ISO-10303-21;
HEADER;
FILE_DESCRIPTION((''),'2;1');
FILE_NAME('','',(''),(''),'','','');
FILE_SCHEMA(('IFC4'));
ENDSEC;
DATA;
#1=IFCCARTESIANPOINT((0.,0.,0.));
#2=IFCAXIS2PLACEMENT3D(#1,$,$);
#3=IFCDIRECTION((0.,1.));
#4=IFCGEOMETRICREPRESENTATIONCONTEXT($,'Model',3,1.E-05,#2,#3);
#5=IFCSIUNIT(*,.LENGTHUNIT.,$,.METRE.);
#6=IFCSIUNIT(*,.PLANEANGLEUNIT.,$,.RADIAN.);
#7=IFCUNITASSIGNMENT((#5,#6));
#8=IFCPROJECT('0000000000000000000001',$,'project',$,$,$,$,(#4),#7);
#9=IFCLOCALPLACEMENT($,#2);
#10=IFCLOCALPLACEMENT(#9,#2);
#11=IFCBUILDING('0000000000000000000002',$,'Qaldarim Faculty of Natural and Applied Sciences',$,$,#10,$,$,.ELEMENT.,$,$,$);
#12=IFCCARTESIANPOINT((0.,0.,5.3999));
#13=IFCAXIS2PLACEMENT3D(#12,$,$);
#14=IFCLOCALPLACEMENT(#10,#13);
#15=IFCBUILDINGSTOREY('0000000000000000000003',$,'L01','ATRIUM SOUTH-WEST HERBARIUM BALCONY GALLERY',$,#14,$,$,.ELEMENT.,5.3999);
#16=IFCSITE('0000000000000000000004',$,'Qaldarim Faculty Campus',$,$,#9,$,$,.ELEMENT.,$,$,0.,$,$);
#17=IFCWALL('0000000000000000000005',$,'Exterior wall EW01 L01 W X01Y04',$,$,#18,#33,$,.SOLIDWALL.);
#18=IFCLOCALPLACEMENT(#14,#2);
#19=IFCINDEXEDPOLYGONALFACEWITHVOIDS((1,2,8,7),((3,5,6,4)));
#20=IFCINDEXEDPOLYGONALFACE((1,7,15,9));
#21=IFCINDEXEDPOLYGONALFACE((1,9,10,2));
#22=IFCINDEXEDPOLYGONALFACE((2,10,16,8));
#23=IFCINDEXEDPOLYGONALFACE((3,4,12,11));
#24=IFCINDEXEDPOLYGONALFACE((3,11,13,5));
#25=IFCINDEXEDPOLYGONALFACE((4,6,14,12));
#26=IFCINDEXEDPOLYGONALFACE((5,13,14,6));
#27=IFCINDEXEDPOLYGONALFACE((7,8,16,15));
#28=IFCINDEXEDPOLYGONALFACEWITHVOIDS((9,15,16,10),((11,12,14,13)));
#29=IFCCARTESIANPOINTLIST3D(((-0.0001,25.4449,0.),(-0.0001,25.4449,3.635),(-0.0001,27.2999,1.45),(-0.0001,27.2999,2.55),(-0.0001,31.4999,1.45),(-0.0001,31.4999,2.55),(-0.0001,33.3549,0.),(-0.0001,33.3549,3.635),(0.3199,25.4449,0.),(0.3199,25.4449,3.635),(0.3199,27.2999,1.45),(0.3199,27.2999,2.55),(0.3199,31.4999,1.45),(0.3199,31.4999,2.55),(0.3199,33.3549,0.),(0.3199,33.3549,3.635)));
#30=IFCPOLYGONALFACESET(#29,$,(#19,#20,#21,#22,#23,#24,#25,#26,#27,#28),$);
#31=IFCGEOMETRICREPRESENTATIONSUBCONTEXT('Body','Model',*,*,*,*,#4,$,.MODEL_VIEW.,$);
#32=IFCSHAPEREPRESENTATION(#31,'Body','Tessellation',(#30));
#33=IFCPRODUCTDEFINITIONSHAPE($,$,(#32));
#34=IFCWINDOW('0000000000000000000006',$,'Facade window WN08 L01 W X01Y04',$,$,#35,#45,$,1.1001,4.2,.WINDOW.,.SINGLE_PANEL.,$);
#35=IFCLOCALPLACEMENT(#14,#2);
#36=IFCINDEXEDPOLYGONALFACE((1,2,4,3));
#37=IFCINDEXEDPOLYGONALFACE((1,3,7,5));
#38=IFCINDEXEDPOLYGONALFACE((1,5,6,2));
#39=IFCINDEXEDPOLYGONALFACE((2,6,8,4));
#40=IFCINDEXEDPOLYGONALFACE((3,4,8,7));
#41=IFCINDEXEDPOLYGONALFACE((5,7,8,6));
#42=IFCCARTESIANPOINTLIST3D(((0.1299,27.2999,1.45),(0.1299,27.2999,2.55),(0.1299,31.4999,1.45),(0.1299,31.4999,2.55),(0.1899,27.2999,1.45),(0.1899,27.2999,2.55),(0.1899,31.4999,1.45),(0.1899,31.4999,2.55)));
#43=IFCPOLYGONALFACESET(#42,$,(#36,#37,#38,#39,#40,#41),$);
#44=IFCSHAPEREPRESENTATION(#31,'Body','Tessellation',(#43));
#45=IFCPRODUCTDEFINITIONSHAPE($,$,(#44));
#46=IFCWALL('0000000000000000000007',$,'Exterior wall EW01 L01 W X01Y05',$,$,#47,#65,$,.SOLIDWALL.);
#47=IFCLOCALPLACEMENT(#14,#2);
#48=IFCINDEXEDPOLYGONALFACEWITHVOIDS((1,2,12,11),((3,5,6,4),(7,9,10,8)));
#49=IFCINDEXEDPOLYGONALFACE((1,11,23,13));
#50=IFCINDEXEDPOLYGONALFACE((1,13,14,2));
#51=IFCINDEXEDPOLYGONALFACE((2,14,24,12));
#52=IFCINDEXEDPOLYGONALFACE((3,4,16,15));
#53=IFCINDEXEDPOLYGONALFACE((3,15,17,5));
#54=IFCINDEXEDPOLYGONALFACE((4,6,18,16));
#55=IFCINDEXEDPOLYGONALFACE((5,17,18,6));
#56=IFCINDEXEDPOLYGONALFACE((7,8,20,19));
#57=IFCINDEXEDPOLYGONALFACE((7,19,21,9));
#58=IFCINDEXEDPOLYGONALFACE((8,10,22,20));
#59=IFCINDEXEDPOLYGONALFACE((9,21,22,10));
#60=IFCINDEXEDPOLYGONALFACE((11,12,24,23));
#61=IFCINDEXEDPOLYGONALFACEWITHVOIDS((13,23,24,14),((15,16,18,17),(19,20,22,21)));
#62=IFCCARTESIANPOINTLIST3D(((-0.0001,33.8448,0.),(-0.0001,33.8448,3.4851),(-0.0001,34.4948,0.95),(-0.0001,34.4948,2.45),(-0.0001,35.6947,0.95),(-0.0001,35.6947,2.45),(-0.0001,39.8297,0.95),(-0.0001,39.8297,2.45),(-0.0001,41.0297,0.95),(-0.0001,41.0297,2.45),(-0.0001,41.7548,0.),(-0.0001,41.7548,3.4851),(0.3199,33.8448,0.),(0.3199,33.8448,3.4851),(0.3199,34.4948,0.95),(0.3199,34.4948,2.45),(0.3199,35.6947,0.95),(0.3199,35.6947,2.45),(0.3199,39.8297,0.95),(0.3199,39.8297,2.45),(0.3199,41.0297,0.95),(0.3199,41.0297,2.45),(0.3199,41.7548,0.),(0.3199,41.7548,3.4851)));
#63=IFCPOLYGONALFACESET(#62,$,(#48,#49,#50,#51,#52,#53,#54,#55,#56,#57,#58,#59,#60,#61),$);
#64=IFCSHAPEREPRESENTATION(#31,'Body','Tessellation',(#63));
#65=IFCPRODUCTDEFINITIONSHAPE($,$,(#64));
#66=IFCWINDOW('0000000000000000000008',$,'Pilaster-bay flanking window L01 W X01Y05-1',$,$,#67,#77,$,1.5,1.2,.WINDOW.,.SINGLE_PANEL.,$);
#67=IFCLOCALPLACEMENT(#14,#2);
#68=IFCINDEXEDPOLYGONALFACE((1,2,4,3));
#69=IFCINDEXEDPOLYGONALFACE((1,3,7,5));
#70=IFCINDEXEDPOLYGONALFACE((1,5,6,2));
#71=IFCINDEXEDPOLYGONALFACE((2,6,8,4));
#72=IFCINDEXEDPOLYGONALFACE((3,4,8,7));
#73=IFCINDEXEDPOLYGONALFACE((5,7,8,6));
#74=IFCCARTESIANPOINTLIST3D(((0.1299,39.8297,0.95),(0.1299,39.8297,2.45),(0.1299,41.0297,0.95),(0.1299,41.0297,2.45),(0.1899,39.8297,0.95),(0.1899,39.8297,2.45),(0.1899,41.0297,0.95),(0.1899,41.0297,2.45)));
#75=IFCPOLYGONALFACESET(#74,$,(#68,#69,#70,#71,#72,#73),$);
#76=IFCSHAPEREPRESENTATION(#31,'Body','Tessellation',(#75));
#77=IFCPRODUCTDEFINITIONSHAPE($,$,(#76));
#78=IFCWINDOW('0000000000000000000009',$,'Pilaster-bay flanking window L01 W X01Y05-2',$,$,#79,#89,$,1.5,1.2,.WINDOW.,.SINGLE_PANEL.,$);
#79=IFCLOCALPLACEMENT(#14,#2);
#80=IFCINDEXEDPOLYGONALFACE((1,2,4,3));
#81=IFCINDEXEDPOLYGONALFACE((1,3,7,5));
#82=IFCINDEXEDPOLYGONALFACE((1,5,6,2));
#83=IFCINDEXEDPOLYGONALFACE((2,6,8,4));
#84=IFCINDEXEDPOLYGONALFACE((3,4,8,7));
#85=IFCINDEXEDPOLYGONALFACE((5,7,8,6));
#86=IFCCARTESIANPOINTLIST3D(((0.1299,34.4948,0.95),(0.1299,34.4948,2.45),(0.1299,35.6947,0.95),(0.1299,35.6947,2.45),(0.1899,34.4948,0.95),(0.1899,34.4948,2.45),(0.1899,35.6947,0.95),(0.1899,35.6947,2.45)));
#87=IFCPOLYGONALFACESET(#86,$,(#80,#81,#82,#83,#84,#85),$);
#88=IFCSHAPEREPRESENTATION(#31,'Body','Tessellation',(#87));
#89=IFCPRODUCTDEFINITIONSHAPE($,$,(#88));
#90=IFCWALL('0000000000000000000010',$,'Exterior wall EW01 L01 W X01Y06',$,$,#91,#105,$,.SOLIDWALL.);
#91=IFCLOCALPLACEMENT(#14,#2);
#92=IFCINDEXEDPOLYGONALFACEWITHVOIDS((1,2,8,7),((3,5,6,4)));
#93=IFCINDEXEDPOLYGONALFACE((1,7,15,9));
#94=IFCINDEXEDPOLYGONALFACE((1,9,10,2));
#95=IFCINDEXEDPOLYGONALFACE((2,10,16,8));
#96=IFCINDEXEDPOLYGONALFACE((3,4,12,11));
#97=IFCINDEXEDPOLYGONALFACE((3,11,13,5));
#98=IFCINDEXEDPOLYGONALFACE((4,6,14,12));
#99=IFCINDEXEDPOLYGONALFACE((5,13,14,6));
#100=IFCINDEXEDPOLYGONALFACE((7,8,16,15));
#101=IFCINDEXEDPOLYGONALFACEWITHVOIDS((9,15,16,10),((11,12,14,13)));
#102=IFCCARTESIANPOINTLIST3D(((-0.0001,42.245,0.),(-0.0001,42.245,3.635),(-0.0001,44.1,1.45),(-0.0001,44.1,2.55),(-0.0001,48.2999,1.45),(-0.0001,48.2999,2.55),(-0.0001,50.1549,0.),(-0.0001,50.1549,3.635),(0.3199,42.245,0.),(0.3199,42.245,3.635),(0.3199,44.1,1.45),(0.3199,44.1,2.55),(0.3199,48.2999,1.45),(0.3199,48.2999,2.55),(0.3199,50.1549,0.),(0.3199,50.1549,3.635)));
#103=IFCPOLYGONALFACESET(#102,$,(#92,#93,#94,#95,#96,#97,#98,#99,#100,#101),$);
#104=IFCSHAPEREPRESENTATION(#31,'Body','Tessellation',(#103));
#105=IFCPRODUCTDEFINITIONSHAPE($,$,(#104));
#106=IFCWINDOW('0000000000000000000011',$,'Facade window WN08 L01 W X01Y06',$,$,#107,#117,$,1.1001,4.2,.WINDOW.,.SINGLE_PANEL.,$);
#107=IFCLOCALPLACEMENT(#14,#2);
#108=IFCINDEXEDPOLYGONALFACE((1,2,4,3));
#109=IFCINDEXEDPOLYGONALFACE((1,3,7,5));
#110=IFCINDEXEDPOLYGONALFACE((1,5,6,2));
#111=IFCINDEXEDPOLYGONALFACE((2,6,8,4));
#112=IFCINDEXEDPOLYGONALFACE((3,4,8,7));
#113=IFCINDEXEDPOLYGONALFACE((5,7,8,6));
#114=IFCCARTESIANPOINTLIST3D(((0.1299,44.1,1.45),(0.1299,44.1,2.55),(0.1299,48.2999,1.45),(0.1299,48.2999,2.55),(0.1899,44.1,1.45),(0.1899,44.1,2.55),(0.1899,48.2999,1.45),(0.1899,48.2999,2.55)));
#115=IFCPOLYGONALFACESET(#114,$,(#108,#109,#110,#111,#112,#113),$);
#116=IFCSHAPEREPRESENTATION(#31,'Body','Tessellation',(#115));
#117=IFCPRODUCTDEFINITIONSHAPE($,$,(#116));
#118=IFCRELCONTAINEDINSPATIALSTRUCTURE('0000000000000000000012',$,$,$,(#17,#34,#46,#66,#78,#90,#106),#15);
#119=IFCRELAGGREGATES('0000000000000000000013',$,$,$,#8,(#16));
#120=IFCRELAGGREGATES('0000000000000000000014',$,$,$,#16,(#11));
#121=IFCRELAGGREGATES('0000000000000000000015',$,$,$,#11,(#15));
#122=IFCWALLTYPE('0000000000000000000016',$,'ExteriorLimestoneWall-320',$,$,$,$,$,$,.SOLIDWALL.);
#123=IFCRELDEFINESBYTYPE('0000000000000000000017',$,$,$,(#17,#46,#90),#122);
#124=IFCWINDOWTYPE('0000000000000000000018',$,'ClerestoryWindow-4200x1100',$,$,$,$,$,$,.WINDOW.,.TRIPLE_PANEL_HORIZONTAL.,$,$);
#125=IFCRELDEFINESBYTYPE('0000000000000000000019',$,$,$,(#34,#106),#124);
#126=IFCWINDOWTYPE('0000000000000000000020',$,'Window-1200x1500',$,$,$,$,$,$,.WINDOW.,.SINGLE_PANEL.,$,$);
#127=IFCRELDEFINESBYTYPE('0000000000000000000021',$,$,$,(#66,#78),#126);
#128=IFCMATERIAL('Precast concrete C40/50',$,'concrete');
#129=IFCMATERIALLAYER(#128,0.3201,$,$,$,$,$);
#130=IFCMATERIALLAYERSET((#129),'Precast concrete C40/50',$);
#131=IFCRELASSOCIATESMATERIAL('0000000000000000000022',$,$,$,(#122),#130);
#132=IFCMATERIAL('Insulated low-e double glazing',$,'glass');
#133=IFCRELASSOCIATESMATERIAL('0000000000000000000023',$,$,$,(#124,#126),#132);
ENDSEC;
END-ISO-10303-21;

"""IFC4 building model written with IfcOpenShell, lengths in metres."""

from ifc_helpers import new_model, si_unit, direction, frame, frame_2d, origin, place, context, subcontext, project, spatial, rectangle, extrude, material, layer, layer_set, type_object, element, fill, save


model = new_model("IFC4")

# Units and contexts
model_context = context("Model", 3, precision=1e-05, world=origin(), true_north=direction((0.0, 1.0)))
body_context = subcontext(model_context, "Body", "Model", "MODEL_VIEW")
ifc_project = project(units=[si_unit("LENGTHUNIT", "METRE"), si_unit("PLANEANGLEUNIT", "RADIAN")], contexts=[model_context])

# Site, building, storey
site_placement = place(None, origin())
site = spatial("IfcSite", under=ifc_project, at=site_placement, Name="Qaldarim Faculty Campus", CompositionType="ELEMENT", RefElevation=0.0)
building_placement = place(site_placement, origin())
building = spatial("IfcBuilding", under=site, at=building_placement, Name="Qaldarim Faculty of Natural and Applied Sciences", CompositionType="ELEMENT")
storey_placement = place(building_placement, frame((0.0, 0.0, 5.3999)))
storey = spatial("IfcBuildingStorey", under=building, at=storey_placement, Name="L01", Description="ATRIUM SOUTH-WEST HERBARIUM BALCONY GALLERY", CompositionType="ELEMENT", Elevation=5.3999)

# Wall, opening, window
ifc_material_1 = material(Name="Precast concrete C40/50", Category="concrete")
ifc_layer_1 = layer(ifc_material_1, 0.3201)
ifc_layer_set_1 = layer_set([ifc_layer_1], Name="Precast concrete C40/50")
wall_type_1 = type_object("IfcWallType", Name="ExteriorLimestoneWall-320", PredefinedType="SOLIDWALL", material=ifc_layer_set_1)
wall_1_placement = place(storey_placement, frame((0.1599, 33.355, 0.0), z_axis=(0.0, 0.0, 1.0), x_axis=(0.0, -1.0, 0.0)))
wall_1 = element("IfcWall", 1, at=wall_1_placement, inside=storey, type_object=wall_type_1, Name="Exterior wall EW01 L01 W X01Y04", PredefinedType="SOLIDWALL", context=body_context, shape_type="SweptSolid", body=[
    extrude(rectangle(XDim=7.9099, YDim=0.3201, at=frame_2d((3.9551, 0.0))), origin(), (0.0, 0.0, 1.0), 3.635),
])
opening_1_placement = place(wall_1_placement, frame((1.855, 0.0, 1.45)))
opening_1 = element("IfcOpeningElement", 2, at=opening_1_placement, cuts=wall_1, PredefinedType="OPENING", context=body_context, shape_type="SweptSolid", body=[
    extrude(rectangle(XDim=4.2, YDim=1.1001, at=frame_2d((2.1001, 0.55))), frame((0.0, 0.1699, 0.0), z_axis=(0.0, -1.0, 0.0), x_axis=(1.0, 0.0, 0.0)), (0.0, 0.0, 1.0), 0.3401),
])
ifc_material_2 = material(Name="Insulated low-e double glazing", Category="glass")
window_type_1 = type_object("IfcWindowType", Name="ClerestoryWindow-4200x1100", PartitioningType="TRIPLE_PANEL_HORIZONTAL", PredefinedType="WINDOW", material=ifc_material_2)
window_1_placement = place(opening_1_placement, origin())
window_1 = element("IfcWindow", 3, at=window_1_placement, inside=storey, type_object=window_type_1, Name="Facade window WN08 L01 W X01Y04", OverallHeight=1.1001, OverallWidth=4.2, PartitioningType="SINGLE_PANEL", PredefinedType="WINDOW", context=body_context, shape_type="SweptSolid", body=[
    extrude(rectangle(XDim=4.2, YDim=1.1001, at=frame_2d((2.1001, 0.55))), frame((0.0, 0.03, 0.0), z_axis=(0.0, -1.0, 0.0), x_axis=(1.0, 0.0, 0.0)), (0.0, 0.0, 1.0), 0.0601),
])
fill(opening_1, window_1)

# Wall, openings, windows
wall_2_placement = place(storey_placement, frame((0.1599, 41.7549, 0.0), z_axis=(0.0, 0.0, 1.0), x_axis=(0.0, -1.0, 0.0)))
wall_2 = element("IfcWall", 4, at=wall_2_placement, inside=storey, type_object=wall_type_1, Name="Exterior wall EW01 L01 W X01Y05", PredefinedType="SOLIDWALL", context=body_context, shape_type="SweptSolid", body=[
    extrude(rectangle(XDim=7.9099, YDim=0.3201, at=frame_2d((3.9551, 0.0))), origin(), (0.0, 0.0, 1.0), 3.4851),
])
opening_2_placement = place(wall_2_placement, frame((0.7251, 0.0, 0.95)))
opening_2 = element("IfcOpeningElement", 5, at=opening_2_placement, cuts=wall_2, PredefinedType="OPENING", context=body_context, shape_type="SweptSolid", body=[
    extrude(rectangle(XDim=1.2, YDim=1.5, at=frame_2d((0.6001, 0.75))), frame((0.0, 0.1699, 0.0), z_axis=(0.0, -1.0, 0.0), x_axis=(1.0, 0.0, 0.0)), (0.0, 0.0, 1.0), 0.3401),
])
opening_3_placement = place(wall_2_placement, frame((6.0601, 0.0, 0.95)))
opening_3 = element("IfcOpeningElement", 6, at=opening_3_placement, cuts=wall_2, PredefinedType="OPENING", context=body_context, shape_type="SweptSolid", body=[
    extrude(rectangle(XDim=1.2, YDim=1.5, at=frame_2d((0.6001, 0.75))), frame((0.0, 0.1699, 0.0), z_axis=(0.0, -1.0, 0.0), x_axis=(1.0, 0.0, 0.0)), (0.0, 0.0, 1.0), 0.3401),
])
window_type_2 = type_object("IfcWindowType", Name="Window-1200x1500", PartitioningType="SINGLE_PANEL", PredefinedType="WINDOW", material=ifc_material_2)
window_2_placement = place(opening_2_placement, origin())
window_2 = element("IfcWindow", 7, at=window_2_placement, inside=storey, type_object=window_type_2, Name="Pilaster-bay flanking window L01 W X01Y05-1", OverallHeight=1.5, OverallWidth=1.2, PartitioningType="SINGLE_PANEL", PredefinedType="WINDOW", context=body_context, shape_type="SweptSolid", body=[
    extrude(rectangle(XDim=1.2, YDim=1.5, at=frame_2d((0.6001, 0.75))), frame((0.0, 0.03, 0.0), z_axis=(0.0, -1.0, 0.0), x_axis=(1.0, 0.0, 0.0)), (0.0, 0.0, 1.0), 0.0601),
])
fill(opening_2, window_2)
window_3_placement = place(opening_3_placement, origin())
window_3 = element("IfcWindow", 8, at=window_3_placement, inside=storey, type_object=window_type_2, Name="Pilaster-bay flanking window L01 W X01Y05-2", OverallHeight=1.5, OverallWidth=1.2, PartitioningType="SINGLE_PANEL", PredefinedType="WINDOW", context=body_context, shape_type="SweptSolid", body=[
    extrude(rectangle(XDim=1.2, YDim=1.5, at=frame_2d((0.6001, 0.75))), frame((0.0, 0.03, 0.0), z_axis=(0.0, -1.0, 0.0), x_axis=(1.0, 0.0, 0.0)), (0.0, 0.0, 1.0), 0.0601),
])
fill(opening_3, window_3)

# Wall, opening, window
wall_3_placement = place(storey_placement, frame((0.1599, 50.155, 0.0), z_axis=(0.0, 0.0, 1.0), x_axis=(0.0, -1.0, 0.0)))
wall_3 = element("IfcWall", 9, at=wall_3_placement, inside=storey, type_object=wall_type_1, Name="Exterior wall EW01 L01 W X01Y06", PredefinedType="SOLIDWALL", context=body_context, shape_type="SweptSolid", body=[
    extrude(rectangle(XDim=7.9099, YDim=0.3201, at=frame_2d((3.9551, 0.0))), origin(), (0.0, 0.0, 1.0), 3.635),
])
opening_4_placement = place(wall_3_placement, frame((1.855, 0.0, 1.45)))
opening_4 = element("IfcOpeningElement", 10, at=opening_4_placement, cuts=wall_3, PredefinedType="OPENING", context=body_context, shape_type="SweptSolid", body=[
    extrude(rectangle(XDim=4.2, YDim=1.1001, at=frame_2d((2.1001, 0.55))), frame((0.0, 0.1699, 0.0), z_axis=(0.0, -1.0, 0.0), x_axis=(1.0, 0.0, 0.0)), (0.0, 0.0, 1.0), 0.3401),
])
window_4_placement = place(opening_4_placement, origin())
window_4 = element("IfcWindow", 11, at=window_4_placement, inside=storey, type_object=window_type_1, Name="Facade window WN08 L01 W X01Y06", OverallHeight=1.1001, OverallWidth=4.2, PartitioningType="SINGLE_PANEL", PredefinedType="WINDOW", context=body_context, shape_type="SweptSolid", body=[
    extrude(rectangle(XDim=4.2, YDim=1.1001, at=frame_2d((2.1001, 0.55))), frame((0.0, 0.03, 0.0), z_axis=(0.0, -1.0, 0.0), x_axis=(1.0, 0.0, 0.0)), (0.0, 0.0, 1.0), 0.0601),
])
fill(opening_4, window_4)

save(model, "model.ifc")
